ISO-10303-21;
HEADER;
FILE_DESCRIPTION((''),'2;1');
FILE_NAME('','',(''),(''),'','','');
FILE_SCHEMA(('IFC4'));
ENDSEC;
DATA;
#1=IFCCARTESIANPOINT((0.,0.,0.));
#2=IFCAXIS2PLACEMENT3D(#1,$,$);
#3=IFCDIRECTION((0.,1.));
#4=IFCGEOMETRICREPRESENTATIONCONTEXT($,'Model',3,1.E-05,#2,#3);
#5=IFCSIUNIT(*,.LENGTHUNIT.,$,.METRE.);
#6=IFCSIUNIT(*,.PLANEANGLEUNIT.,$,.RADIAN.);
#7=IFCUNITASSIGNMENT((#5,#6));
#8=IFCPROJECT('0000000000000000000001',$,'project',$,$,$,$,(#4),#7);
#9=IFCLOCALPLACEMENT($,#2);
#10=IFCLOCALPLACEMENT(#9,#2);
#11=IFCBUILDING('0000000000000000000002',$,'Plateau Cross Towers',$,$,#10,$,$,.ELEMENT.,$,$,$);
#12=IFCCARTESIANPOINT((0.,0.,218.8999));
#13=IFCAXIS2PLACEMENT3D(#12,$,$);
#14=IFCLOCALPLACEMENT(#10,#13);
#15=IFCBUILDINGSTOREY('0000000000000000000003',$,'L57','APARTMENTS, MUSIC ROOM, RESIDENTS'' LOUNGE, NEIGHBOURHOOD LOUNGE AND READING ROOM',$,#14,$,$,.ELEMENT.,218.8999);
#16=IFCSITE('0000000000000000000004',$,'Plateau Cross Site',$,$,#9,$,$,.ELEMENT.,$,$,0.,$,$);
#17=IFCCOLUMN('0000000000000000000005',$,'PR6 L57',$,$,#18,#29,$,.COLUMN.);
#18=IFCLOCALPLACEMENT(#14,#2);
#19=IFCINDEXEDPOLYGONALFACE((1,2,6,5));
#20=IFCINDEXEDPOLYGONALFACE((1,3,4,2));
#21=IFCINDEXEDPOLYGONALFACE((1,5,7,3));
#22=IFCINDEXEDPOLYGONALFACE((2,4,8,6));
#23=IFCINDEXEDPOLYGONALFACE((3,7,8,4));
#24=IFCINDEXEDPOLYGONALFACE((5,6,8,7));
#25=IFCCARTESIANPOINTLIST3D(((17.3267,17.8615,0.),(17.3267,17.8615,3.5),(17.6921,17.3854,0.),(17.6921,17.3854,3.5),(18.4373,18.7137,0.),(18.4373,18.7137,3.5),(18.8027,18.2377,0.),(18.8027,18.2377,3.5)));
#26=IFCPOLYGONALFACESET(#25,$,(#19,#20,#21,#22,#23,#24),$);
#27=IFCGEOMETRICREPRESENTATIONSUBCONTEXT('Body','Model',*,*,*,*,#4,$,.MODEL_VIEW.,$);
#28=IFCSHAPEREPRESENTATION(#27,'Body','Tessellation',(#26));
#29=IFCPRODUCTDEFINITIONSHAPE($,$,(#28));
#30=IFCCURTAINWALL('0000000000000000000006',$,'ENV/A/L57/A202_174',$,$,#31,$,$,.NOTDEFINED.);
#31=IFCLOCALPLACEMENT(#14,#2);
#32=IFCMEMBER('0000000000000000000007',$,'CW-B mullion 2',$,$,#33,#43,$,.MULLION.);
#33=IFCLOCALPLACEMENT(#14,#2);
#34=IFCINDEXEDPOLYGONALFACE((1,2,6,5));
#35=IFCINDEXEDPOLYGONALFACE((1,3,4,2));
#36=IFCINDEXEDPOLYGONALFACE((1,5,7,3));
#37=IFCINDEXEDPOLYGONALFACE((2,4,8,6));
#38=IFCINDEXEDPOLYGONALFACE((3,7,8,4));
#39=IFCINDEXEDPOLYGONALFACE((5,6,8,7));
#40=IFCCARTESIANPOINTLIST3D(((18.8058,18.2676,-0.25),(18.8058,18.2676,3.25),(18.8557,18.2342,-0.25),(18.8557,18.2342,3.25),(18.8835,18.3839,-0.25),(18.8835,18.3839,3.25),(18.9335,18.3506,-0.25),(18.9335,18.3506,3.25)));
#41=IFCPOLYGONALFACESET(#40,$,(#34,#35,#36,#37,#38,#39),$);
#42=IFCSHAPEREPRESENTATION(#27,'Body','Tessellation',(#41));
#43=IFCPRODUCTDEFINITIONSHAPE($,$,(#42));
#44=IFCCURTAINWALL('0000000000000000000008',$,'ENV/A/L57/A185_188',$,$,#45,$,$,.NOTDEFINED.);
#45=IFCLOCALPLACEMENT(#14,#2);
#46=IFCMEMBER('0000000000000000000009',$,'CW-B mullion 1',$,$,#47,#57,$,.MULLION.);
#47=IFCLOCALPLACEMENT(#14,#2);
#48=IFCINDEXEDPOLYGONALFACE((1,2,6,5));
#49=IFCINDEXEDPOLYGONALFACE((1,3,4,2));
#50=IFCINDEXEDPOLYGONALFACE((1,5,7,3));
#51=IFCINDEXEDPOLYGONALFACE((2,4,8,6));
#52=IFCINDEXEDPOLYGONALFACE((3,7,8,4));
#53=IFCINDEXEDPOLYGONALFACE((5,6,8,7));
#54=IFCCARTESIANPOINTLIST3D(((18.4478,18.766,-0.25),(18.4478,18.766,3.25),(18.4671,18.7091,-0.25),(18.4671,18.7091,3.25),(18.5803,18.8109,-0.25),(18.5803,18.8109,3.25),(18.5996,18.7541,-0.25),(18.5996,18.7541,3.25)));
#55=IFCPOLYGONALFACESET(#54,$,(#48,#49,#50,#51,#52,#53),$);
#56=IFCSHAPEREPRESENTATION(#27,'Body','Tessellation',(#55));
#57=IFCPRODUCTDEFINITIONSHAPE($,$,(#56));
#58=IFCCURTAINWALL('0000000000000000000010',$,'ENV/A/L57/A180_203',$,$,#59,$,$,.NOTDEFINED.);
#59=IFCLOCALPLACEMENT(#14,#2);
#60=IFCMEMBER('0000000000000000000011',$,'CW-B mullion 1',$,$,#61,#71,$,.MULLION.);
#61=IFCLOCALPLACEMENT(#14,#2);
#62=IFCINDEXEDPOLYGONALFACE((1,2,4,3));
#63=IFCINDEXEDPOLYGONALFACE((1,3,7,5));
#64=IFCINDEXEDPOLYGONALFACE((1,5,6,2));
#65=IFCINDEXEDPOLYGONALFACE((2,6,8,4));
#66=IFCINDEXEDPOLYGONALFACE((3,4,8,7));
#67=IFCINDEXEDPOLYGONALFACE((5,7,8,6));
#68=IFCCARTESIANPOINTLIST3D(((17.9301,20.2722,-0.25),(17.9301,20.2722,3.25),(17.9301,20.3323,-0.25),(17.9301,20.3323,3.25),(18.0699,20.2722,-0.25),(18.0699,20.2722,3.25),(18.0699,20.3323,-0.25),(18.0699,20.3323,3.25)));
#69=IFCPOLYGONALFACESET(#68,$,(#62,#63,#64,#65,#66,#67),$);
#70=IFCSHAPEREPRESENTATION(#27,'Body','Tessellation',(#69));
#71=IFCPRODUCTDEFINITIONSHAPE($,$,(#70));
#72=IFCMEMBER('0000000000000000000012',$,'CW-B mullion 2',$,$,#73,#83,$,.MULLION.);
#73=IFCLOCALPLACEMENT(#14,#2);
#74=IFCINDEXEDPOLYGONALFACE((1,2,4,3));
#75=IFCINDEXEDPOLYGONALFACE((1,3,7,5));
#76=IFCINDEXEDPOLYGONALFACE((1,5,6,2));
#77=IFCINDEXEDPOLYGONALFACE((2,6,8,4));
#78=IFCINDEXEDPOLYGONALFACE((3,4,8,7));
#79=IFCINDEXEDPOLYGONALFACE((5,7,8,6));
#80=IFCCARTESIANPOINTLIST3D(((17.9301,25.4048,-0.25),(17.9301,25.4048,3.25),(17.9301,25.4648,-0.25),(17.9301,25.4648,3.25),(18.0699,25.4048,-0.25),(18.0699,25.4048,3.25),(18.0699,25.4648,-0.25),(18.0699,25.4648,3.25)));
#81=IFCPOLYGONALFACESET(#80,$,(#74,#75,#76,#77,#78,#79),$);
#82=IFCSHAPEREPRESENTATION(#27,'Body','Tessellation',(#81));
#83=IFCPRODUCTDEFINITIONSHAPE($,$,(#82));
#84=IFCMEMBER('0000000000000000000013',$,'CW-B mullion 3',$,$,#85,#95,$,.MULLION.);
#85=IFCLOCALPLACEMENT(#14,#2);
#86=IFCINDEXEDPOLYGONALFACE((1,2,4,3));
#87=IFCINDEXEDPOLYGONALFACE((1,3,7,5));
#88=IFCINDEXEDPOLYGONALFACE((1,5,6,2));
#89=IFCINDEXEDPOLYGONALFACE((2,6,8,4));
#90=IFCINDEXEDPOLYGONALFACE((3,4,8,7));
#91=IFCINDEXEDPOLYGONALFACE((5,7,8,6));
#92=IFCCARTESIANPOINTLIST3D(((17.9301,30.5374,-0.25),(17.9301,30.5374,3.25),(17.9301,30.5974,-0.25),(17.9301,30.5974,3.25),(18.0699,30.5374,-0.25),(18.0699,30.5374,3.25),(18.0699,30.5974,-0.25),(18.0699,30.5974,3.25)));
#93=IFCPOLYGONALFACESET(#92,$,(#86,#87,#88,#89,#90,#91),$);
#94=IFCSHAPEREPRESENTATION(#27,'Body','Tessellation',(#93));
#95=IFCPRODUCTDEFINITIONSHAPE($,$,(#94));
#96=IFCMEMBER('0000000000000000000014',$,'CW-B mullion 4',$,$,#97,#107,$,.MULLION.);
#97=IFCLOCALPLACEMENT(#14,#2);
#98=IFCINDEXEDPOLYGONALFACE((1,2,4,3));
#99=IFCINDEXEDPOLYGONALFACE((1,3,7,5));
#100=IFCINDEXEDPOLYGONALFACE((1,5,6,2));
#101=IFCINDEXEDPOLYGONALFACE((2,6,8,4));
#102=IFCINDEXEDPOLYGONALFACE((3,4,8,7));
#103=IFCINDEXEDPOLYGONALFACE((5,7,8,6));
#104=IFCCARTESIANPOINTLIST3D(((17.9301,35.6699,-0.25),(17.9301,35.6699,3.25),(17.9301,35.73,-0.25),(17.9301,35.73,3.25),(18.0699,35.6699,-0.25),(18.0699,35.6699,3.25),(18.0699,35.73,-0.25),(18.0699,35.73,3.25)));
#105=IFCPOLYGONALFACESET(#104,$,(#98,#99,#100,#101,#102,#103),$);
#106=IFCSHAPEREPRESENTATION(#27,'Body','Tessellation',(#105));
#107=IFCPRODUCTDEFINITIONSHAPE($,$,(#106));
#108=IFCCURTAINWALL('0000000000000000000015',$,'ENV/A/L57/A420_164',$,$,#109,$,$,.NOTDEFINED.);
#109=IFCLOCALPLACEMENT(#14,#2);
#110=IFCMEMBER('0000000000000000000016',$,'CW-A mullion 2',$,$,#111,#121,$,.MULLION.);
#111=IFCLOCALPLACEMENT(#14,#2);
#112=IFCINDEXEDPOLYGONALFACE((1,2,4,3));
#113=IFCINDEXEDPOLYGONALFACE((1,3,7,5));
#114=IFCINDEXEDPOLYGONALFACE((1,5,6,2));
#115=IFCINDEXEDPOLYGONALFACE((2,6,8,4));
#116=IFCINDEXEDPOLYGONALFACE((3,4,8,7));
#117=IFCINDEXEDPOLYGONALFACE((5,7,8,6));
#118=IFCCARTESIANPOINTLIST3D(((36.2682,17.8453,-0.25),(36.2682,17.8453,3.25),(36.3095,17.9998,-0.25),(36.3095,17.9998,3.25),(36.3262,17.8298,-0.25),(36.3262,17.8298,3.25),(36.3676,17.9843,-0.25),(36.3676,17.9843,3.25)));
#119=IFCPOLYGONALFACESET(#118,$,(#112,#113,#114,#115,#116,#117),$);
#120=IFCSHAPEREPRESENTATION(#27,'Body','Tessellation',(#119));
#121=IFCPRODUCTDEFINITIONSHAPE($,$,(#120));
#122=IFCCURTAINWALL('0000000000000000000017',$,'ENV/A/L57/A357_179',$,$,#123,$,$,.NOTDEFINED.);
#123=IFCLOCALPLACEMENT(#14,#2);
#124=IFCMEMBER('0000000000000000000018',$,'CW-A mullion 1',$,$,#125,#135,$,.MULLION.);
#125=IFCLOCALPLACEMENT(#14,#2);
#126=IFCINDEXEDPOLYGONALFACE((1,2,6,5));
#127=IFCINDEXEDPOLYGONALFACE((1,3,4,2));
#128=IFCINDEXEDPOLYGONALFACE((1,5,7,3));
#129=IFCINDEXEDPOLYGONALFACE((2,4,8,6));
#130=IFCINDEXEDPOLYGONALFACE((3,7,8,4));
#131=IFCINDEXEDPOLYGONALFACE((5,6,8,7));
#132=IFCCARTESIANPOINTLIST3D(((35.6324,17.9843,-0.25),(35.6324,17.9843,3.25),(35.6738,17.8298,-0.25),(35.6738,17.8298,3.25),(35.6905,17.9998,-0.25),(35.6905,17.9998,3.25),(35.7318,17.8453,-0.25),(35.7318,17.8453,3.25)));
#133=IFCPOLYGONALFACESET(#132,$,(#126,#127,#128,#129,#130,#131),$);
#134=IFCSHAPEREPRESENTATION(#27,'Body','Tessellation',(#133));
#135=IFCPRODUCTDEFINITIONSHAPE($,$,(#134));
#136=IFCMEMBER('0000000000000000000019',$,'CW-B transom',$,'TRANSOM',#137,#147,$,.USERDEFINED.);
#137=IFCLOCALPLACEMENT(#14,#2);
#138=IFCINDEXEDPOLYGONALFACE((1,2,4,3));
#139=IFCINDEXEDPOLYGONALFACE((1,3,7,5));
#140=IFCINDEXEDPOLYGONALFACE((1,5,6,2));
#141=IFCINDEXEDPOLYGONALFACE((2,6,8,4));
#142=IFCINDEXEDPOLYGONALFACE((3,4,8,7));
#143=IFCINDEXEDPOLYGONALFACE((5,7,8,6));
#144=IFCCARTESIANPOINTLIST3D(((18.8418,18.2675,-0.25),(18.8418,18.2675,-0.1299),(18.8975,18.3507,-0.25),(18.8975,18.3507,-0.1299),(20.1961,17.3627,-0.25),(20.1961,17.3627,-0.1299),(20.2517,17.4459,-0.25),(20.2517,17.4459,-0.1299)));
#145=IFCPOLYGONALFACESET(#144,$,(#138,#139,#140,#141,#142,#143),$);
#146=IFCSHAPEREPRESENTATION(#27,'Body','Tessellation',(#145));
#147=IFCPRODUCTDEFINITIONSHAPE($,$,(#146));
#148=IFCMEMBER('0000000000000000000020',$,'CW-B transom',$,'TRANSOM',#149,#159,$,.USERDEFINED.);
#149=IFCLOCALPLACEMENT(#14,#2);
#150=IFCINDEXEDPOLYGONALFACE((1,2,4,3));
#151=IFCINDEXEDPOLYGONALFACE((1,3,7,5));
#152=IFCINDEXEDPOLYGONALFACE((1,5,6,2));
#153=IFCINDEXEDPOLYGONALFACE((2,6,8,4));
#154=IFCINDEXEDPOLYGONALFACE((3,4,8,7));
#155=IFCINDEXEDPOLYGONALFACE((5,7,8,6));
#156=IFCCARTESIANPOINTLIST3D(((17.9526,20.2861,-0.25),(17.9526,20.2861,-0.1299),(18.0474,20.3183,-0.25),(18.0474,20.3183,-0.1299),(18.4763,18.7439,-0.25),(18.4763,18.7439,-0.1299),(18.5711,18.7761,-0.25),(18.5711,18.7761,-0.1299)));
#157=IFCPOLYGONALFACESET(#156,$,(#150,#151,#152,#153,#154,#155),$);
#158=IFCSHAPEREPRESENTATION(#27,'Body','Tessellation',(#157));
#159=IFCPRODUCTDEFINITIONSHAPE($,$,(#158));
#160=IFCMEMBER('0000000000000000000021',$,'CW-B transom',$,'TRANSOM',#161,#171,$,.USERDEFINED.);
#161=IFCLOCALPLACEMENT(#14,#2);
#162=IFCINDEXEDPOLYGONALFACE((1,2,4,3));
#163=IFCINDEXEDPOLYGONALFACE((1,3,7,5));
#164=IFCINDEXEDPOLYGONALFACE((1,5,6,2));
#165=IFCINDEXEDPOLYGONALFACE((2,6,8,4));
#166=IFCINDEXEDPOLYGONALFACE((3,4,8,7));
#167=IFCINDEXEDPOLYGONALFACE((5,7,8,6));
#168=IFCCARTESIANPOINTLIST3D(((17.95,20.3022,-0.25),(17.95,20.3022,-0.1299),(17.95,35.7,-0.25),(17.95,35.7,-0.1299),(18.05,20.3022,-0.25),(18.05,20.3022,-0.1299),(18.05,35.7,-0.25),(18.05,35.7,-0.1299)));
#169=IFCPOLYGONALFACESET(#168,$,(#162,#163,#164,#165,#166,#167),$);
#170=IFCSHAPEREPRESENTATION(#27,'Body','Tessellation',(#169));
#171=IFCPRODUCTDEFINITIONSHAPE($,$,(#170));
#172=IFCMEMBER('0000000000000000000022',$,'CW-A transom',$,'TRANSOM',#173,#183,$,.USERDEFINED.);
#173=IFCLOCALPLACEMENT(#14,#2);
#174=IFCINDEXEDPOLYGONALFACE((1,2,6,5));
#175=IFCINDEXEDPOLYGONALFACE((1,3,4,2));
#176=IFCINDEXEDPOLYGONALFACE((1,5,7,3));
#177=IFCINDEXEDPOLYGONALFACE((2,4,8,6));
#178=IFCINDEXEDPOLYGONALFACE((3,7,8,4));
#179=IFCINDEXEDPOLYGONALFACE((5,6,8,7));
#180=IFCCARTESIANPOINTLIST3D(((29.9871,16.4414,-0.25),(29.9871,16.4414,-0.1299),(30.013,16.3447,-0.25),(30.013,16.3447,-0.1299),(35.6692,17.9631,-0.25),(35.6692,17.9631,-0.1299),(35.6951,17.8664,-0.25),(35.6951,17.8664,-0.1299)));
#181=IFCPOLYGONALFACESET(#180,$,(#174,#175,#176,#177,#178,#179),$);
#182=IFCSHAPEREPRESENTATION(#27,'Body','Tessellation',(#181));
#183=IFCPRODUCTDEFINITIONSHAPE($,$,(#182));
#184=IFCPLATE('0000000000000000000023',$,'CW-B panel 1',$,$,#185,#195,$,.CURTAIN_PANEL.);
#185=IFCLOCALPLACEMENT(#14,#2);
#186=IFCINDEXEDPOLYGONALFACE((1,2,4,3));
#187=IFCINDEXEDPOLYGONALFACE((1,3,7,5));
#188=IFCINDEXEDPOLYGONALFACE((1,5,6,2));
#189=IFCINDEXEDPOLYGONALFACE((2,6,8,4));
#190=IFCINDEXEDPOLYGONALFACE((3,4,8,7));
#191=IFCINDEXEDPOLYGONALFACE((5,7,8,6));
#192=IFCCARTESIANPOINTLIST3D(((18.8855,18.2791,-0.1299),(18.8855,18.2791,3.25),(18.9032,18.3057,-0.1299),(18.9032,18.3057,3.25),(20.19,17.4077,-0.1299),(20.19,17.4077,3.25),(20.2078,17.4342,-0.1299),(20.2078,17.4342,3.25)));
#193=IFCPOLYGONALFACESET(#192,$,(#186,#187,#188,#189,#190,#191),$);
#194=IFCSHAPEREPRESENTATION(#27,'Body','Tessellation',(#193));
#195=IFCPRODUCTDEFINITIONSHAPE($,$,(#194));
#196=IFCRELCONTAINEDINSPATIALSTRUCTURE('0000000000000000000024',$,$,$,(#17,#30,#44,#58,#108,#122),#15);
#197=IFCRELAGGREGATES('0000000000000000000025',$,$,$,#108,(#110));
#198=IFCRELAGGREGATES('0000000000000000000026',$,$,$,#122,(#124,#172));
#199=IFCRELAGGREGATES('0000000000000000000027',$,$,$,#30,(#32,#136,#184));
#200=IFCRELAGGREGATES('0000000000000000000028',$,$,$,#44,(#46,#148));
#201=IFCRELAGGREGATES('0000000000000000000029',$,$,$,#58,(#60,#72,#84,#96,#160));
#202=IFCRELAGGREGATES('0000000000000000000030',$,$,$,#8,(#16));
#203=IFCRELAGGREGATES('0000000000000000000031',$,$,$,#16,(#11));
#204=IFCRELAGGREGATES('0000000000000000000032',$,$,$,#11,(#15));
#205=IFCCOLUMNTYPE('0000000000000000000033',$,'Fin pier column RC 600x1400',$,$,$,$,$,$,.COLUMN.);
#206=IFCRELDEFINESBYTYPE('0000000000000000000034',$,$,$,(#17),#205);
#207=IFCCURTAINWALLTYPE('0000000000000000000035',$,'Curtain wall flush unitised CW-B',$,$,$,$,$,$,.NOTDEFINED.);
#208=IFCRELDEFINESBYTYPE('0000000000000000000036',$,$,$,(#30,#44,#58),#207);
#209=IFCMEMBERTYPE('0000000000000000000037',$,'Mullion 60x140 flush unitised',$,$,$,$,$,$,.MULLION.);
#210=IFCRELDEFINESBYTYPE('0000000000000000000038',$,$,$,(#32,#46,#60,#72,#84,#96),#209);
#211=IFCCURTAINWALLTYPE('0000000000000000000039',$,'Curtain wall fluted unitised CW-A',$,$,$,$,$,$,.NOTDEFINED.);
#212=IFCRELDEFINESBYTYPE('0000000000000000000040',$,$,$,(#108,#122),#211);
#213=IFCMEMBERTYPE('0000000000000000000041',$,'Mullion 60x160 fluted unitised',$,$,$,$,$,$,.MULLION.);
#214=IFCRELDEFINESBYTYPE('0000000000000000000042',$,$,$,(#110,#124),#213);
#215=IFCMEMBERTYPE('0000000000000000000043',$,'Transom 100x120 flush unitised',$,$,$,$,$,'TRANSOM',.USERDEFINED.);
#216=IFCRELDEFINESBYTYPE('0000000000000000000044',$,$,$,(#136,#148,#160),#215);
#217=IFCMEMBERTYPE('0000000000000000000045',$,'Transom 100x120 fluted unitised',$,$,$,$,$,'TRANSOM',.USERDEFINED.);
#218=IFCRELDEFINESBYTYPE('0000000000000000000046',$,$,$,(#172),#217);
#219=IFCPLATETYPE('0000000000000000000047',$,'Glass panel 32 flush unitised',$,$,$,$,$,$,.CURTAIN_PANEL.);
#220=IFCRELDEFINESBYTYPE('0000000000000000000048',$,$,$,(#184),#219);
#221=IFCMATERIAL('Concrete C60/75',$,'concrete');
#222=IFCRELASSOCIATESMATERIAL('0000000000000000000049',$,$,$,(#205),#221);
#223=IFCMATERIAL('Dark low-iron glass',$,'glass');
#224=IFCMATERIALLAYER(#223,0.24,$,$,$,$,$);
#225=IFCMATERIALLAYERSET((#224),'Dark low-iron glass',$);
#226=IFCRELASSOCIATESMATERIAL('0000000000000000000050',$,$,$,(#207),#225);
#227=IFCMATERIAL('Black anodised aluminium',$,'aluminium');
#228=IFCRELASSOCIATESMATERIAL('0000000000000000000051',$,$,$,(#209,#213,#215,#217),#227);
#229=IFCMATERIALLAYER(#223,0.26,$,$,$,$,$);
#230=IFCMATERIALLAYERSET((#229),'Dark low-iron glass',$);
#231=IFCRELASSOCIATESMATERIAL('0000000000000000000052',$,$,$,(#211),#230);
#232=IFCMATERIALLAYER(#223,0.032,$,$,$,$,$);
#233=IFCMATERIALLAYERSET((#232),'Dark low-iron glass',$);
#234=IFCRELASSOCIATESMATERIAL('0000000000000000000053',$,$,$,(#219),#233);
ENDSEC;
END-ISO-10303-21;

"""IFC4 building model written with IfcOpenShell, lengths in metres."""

from ifc_helpers import new_model, si_unit, direction, frame, origin, origin_2d, place, context, subcontext, project, spatial, rectangle, extrude, material, layer, layer_set, material_profile, profile_set, type_object, element, aggregate, save


model = new_model("IFC4")

# Units and contexts
model_context = context("Model", 3, precision=1e-05, world=origin(), true_north=direction((0.0, 1.0)))
body_context = subcontext(model_context, "Body", "Model", "MODEL_VIEW")
ifc_project = project(units=[si_unit("LENGTHUNIT", "METRE"), si_unit("PLANEANGLEUNIT", "RADIAN")], contexts=[model_context])

# Site, building, storey
site_placement = place(None, origin())
site = spatial("IfcSite", under=ifc_project, at=site_placement, Name="Plateau Cross Site", CompositionType="ELEMENT", RefElevation=0.0)
building_placement = place(site_placement, origin())
building = spatial("IfcBuilding", under=site, at=building_placement, Name="Plateau Cross Towers", CompositionType="ELEMENT")
storey_placement = place(building_placement, frame((0.0, 0.0, 218.8999)))
storey = spatial("IfcBuildingStorey", under=building, at=storey_placement, Name="L57", Description="APARTMENTS, MUSIC ROOM, RESIDENTS' LOUNGE, NEIGHBOURHOOD LOUNGE AND READING ROOM", CompositionType="ELEMENT", Elevation=218.8999)

# Column
ifc_material_1 = material(Name="Concrete C60/75", Category="concrete")
ifc_material_profile_1 = material_profile(ifc_material_1, rectangle(XDim=0.6001, YDim=1.3999, at=origin_2d()), Name="RC 600x1400")
ifc_profile_set_1 = profile_set([ifc_material_profile_1], Name="Concrete C60/75")
column_type = type_object("IfcColumnType", Name="Fin pier column RC 600x1400", PredefinedType="COLUMN", material=ifc_profile_set_1)
column_placement = place(storey_placement, frame((18.0647, 18.0496, 0.0), z_axis=(0.0, 0.0, 1.0), x_axis=(-0.608811, 0.793315, 0.0)))
element("IfcColumn", 1, at=column_placement, inside=storey, type_object=column_type, Name="PR6 L57", PredefinedType="COLUMN", context=body_context, shape_type="SweptSolid", body=[
    extrude(rectangle(XDim=0.6001, YDim=1.3999, at=origin_2d()), origin(), (0.0, 0.0, 1.0), 3.5),
])

# Curtain walls, members
ifc_material_2 = material(Name="Dark low-iron glass", Category="glass")
ifc_layer_1 = layer(ifc_material_2, 0.24)
ifc_layer_set_1 = layer_set([ifc_layer_1], Name="Dark low-iron glass")
curtain_wall_type_1 = type_object("IfcCurtainWallType", Name="Curtain wall flush unitised CW-B", PredefinedType="NOTDEFINED", material=ifc_layer_set_1)
curtain_wall_1_placement = place(storey_placement, origin())
curtain_wall_1 = element("IfcCurtainWall", 2, at=curtain_wall_1_placement, inside=storey, type_object=curtain_wall_type_1, Name="ENV/A/L57/A202_174", PredefinedType="NOTDEFINED")
ifc_material_3 = material(Name="Black anodised aluminium", Category="aluminium")
ifc_material_profile_2 = material_profile(ifc_material_3, rectangle(XDim=0.0601, YDim=0.1399, at=origin_2d()), Name="MULLION 60x140")
ifc_profile_set_2 = profile_set([ifc_material_profile_2], Name="Black anodised aluminium")
member_type_1 = type_object("IfcMemberType", Name="Mullion 60x140 flush unitised", PredefinedType="MULLION", material=ifc_profile_set_2)
member_1_placement = place(storey_placement, frame((18.8696, 18.3091, -0.25), z_axis=(0.0, 0.0, 1.0), x_axis=(-0.831521, 0.555493, 0.0)))
member_1 = element("IfcMember", 3, at=member_1_placement, type_object=member_type_1, Name="CW-B mullion 2", PredefinedType="MULLION", context=body_context, shape_type="SweptSolid", body=[
    extrude(rectangle(XDim=0.0601, YDim=0.1399, at=origin_2d()), origin(), (0.0, 0.0, 1.0), 3.5),
])
curtain_wall_2_placement = place(storey_placement, origin())
curtain_wall_2 = element("IfcCurtainWall", 4, at=curtain_wall_2_placement, inside=storey, type_object=curtain_wall_type_1, Name="ENV/A/L57/A185_188", PredefinedType="NOTDEFINED")
member_2_placement = place(storey_placement, frame((18.5237, 18.76, -0.25), z_axis=(0.0, 0.0, 1.0), x_axis=(-0.321469, 0.94692, 0.0)))
member_2 = element("IfcMember", 5, at=member_2_placement, type_object=member_type_1, Name="CW-B mullion 1", PredefinedType="MULLION", context=body_context, shape_type="SweptSolid", body=[
    extrude(rectangle(XDim=0.0601, YDim=0.1399, at=origin_2d()), origin(), (0.0, 0.0, 1.0), 3.5),
])

# Curtain wall, members
curtain_wall_3_placement = place(storey_placement, origin())
curtain_wall_3 = element("IfcCurtainWall", 6, at=curtain_wall_3_placement, inside=storey, type_object=curtain_wall_type_1, Name="ENV/A/L57/A180_203", PredefinedType="NOTDEFINED")
member_3_placement = place(storey_placement, frame((18.0, 20.3022, -0.25), z_axis=(0.0, 0.0, 1.0), x_axis=(0.0, 1.0, 0.0)))
member_3 = element("IfcMember", 7, at=member_3_placement, type_object=member_type_1, Name="CW-B mullion 1", PredefinedType="MULLION", context=body_context, shape_type="SweptSolid", body=[
    extrude(rectangle(XDim=0.0601, YDim=0.1399, at=origin_2d()), origin(), (0.0, 0.0, 1.0), 3.5),
])
member_4_placement = place(storey_placement, frame((18.0, 25.4348, -0.25), z_axis=(0.0, 0.0, 1.0), x_axis=(0.0, 1.0, 0.0)))
member_4 = element("IfcMember", 8, at=member_4_placement, type_object=member_type_1, Name="CW-B mullion 2", PredefinedType="MULLION", context=body_context, shape_type="SweptSolid", body=[
    extrude(rectangle(XDim=0.0601, YDim=0.1399, at=origin_2d()), origin(), (0.0, 0.0, 1.0), 3.5),
])
member_5_placement = place(storey_placement, frame((18.0, 30.5674, -0.25), z_axis=(0.0, 0.0, 1.0), x_axis=(0.0, 1.0, 0.0)))
member_5 = element("IfcMember", 9, at=member_5_placement, type_object=member_type_1, Name="CW-B mullion 3", PredefinedType="MULLION", context=body_context, shape_type="SweptSolid", body=[
    extrude(rectangle(XDim=0.0601, YDim=0.1399, at=origin_2d()), origin(), (0.0, 0.0, 1.0), 3.5),
])
member_6_placement = place(storey_placement, frame((18.0, 35.7, -0.25), z_axis=(0.0, 0.0, 1.0), x_axis=(0.0, 1.0, 0.0)))
member_6 = element("IfcMember", 10, at=member_6_placement, type_object=member_type_1, Name="CW-B mullion 4", PredefinedType="MULLION", context=body_context, shape_type="SweptSolid", body=[
    extrude(rectangle(XDim=0.0601, YDim=0.1399, at=origin_2d()), origin(), (0.0, 0.0, 1.0), 3.5),
])

# Curtain walls, members
ifc_layer_2 = layer(ifc_material_2, 0.26)
ifc_layer_set_2 = layer_set([ifc_layer_2], Name="Dark low-iron glass")
curtain_wall_type_2 = type_object("IfcCurtainWallType", Name="Curtain wall fluted unitised CW-A", PredefinedType="NOTDEFINED", material=ifc_layer_set_2)
curtain_wall_4_placement = place(storey_placement, origin())
curtain_wall_4 = element("IfcCurtainWall", 11, at=curtain_wall_4_placement, inside=storey, type_object=curtain_wall_type_2, Name="ENV/A/L57/A420_164", PredefinedType="NOTDEFINED")
ifc_material_profile_3 = material_profile(ifc_material_3, rectangle(XDim=0.0601, YDim=0.1599, at=origin_2d()), Name="MULLION 60x160")
ifc_profile_set_3 = profile_set([ifc_material_profile_3], Name="Black anodised aluminium")
member_type_2 = type_object("IfcMemberType", Name="Mullion 60x160 fluted unitised", PredefinedType="MULLION", material=ifc_profile_set_3)
member_7_placement = place(storey_placement, frame((36.3179, 17.9148, -0.25), z_axis=(0.0, 0.0, 1.0), x_axis=(-0.965958, 0.258699, 0.0)))
member_7 = element("IfcMember", 12, at=member_7_placement, type_object=member_type_2, Name="CW-A mullion 2", PredefinedType="MULLION", context=body_context, shape_type="SweptSolid", body=[
    extrude(rectangle(XDim=0.0601, YDim=0.1599, at=origin_2d()), origin(), (0.0, 0.0, 1.0), 3.5),
])
aggregate(curtain_wall_4, [member_7])
curtain_wall_5_placement = place(storey_placement, origin())
curtain_wall_5 = element("IfcCurtainWall", 13, at=curtain_wall_5_placement, inside=storey, type_object=curtain_wall_type_2, Name="ENV/A/L57/A357_179", PredefinedType="NOTDEFINED")
member_8_placement = place(storey_placement, frame((35.6821, 17.9148, -0.25), z_axis=(0.0, 0.0, 1.0), x_axis=(-0.965958, -0.258699, 0.0)))
member_8 = element("IfcMember", 14, at=member_8_placement, type_object=member_type_2, Name="CW-A mullion 1", PredefinedType="MULLION", context=body_context, shape_type="SweptSolid", body=[
    extrude(rectangle(XDim=0.0601, YDim=0.1599, at=origin_2d()), origin(), (0.0, 0.0, 1.0), 3.5),
])

# Members
ifc_material_profile_4 = material_profile(ifc_material_3, rectangle(XDim=0.1001, YDim=0.1201, at=origin_2d()), Name="TRANSOM 100x120")
ifc_profile_set_4 = profile_set([ifc_material_profile_4], Name="Black anodised aluminium")
member_type_3 = type_object("IfcMemberType", Name="Transom 100x120 flush unitised", ElementType="TRANSOM", PredefinedType="USERDEFINED", material=ifc_profile_set_4)
member_9_placement = place(storey_placement, frame((20.2239, 17.4043, -0.1899), z_axis=(-0.831496, 0.55553, 0.0), x_axis=(-0.55553, -0.831496, 0.0)))
member_9 = element("IfcMember", 15, at=member_9_placement, type_object=member_type_3, Name="CW-B transom", ObjectType="TRANSOM", PredefinedType="USERDEFINED", context=body_context, shape_type="SweptSolid", body=[
    extrude(rectangle(XDim=0.1001, YDim=0.1201, at=origin_2d()), origin(), (0.0, 0.0, 1.0), 1.6287),
])
member_10_placement = place(storey_placement, frame((18.5237, 18.76, -0.1899), z_axis=(-0.321529, 0.9469, 0.0), x_axis=(-0.9469, -0.321529, 0.0)))
member_10 = element("IfcMember", 16, at=member_10_placement, type_object=member_type_3, Name="CW-B transom", ObjectType="TRANSOM", PredefinedType="USERDEFINED", context=body_context, shape_type="SweptSolid", body=[
    extrude(rectangle(XDim=0.1001, YDim=0.1201, at=origin_2d()), origin(), (0.0, 0.0, 1.0), 1.6287),
])
member_11_placement = place(storey_placement, frame((18.0, 20.3022, -0.1899), z_axis=(0.0, 1.0, 0.0), x_axis=(-1.0, 0.0, 0.0)))
member_11 = element("IfcMember", 17, at=member_11_placement, type_object=member_type_3, Name="CW-B transom", ObjectType="TRANSOM", PredefinedType="USERDEFINED", context=body_context, shape_type="SweptSolid", body=[
    extrude(rectangle(XDim=0.1001, YDim=0.1201, at=origin_2d()), origin(), (0.0, 0.0, 1.0), 15.3977),
])
ifc_material_profile_5 = material_profile(ifc_material_3, rectangle(XDim=0.1001, YDim=0.1201, at=origin_2d()), Name="TRANSOM 100x120")
ifc_profile_set_5 = profile_set([ifc_material_profile_5], Name="Black anodised aluminium")
member_type_4 = type_object("IfcMemberType", Name="Transom 100x120 fluted unitised", ElementType="TRANSOM", PredefinedType="USERDEFINED", material=ifc_profile_set_5)
member_12_placement = place(storey_placement, frame((35.6821, 17.9148, -0.1899), z_axis=(-0.96596, -0.258693, 0.0), x_axis=(0.258693, -0.96596, 0.0)))
member_12 = element("IfcMember", 18, at=member_12_placement, type_object=member_type_4, Name="CW-A transom", ObjectType="TRANSOM", PredefinedType="USERDEFINED", context=body_context, shape_type="SweptSolid", body=[
    extrude(rectangle(XDim=0.1001, YDim=0.1201, at=origin_2d()), origin(), (0.0, 0.0, 1.0), 5.8823),
])
aggregate(curtain_wall_5, [member_8, member_12])

# Plate
ifc_layer_3 = layer(ifc_material_2, 0.032)
ifc_layer_set_3 = layer_set([ifc_layer_3], Name="Dark low-iron glass")
plate_type = type_object("IfcPlateType", Name="Glass panel 32 flush unitised", PredefinedType="CURTAIN_PANEL", material=ifc_layer_set_3)
plate_1_placement = place(storey_placement, frame((19.5466, 17.8567, -0.1299), z_axis=(0.0, 0.0, 1.0), x_axis=(-0.831521, 0.555493, 0.0)))
plate_1 = element("IfcPlate", 19, at=plate_1_placement, type_object=plate_type, Name="CW-B panel 1", PredefinedType="CURTAIN_PANEL", context=body_context, shape_type="SweptSolid", body=[
    extrude(rectangle(XDim=1.5688, YDim=0.032, at=origin_2d()), origin(), (0.0, 0.0, 1.0), 3.3799),
])
aggregate(curtain_wall_1, [member_1, member_9, plate_1])
aggregate(curtain_wall_2, [member_2, member_10])
aggregate(curtain_wall_3, [member_3, member_4, member_5, member_6, member_11])

save(model, "model.ifc")
